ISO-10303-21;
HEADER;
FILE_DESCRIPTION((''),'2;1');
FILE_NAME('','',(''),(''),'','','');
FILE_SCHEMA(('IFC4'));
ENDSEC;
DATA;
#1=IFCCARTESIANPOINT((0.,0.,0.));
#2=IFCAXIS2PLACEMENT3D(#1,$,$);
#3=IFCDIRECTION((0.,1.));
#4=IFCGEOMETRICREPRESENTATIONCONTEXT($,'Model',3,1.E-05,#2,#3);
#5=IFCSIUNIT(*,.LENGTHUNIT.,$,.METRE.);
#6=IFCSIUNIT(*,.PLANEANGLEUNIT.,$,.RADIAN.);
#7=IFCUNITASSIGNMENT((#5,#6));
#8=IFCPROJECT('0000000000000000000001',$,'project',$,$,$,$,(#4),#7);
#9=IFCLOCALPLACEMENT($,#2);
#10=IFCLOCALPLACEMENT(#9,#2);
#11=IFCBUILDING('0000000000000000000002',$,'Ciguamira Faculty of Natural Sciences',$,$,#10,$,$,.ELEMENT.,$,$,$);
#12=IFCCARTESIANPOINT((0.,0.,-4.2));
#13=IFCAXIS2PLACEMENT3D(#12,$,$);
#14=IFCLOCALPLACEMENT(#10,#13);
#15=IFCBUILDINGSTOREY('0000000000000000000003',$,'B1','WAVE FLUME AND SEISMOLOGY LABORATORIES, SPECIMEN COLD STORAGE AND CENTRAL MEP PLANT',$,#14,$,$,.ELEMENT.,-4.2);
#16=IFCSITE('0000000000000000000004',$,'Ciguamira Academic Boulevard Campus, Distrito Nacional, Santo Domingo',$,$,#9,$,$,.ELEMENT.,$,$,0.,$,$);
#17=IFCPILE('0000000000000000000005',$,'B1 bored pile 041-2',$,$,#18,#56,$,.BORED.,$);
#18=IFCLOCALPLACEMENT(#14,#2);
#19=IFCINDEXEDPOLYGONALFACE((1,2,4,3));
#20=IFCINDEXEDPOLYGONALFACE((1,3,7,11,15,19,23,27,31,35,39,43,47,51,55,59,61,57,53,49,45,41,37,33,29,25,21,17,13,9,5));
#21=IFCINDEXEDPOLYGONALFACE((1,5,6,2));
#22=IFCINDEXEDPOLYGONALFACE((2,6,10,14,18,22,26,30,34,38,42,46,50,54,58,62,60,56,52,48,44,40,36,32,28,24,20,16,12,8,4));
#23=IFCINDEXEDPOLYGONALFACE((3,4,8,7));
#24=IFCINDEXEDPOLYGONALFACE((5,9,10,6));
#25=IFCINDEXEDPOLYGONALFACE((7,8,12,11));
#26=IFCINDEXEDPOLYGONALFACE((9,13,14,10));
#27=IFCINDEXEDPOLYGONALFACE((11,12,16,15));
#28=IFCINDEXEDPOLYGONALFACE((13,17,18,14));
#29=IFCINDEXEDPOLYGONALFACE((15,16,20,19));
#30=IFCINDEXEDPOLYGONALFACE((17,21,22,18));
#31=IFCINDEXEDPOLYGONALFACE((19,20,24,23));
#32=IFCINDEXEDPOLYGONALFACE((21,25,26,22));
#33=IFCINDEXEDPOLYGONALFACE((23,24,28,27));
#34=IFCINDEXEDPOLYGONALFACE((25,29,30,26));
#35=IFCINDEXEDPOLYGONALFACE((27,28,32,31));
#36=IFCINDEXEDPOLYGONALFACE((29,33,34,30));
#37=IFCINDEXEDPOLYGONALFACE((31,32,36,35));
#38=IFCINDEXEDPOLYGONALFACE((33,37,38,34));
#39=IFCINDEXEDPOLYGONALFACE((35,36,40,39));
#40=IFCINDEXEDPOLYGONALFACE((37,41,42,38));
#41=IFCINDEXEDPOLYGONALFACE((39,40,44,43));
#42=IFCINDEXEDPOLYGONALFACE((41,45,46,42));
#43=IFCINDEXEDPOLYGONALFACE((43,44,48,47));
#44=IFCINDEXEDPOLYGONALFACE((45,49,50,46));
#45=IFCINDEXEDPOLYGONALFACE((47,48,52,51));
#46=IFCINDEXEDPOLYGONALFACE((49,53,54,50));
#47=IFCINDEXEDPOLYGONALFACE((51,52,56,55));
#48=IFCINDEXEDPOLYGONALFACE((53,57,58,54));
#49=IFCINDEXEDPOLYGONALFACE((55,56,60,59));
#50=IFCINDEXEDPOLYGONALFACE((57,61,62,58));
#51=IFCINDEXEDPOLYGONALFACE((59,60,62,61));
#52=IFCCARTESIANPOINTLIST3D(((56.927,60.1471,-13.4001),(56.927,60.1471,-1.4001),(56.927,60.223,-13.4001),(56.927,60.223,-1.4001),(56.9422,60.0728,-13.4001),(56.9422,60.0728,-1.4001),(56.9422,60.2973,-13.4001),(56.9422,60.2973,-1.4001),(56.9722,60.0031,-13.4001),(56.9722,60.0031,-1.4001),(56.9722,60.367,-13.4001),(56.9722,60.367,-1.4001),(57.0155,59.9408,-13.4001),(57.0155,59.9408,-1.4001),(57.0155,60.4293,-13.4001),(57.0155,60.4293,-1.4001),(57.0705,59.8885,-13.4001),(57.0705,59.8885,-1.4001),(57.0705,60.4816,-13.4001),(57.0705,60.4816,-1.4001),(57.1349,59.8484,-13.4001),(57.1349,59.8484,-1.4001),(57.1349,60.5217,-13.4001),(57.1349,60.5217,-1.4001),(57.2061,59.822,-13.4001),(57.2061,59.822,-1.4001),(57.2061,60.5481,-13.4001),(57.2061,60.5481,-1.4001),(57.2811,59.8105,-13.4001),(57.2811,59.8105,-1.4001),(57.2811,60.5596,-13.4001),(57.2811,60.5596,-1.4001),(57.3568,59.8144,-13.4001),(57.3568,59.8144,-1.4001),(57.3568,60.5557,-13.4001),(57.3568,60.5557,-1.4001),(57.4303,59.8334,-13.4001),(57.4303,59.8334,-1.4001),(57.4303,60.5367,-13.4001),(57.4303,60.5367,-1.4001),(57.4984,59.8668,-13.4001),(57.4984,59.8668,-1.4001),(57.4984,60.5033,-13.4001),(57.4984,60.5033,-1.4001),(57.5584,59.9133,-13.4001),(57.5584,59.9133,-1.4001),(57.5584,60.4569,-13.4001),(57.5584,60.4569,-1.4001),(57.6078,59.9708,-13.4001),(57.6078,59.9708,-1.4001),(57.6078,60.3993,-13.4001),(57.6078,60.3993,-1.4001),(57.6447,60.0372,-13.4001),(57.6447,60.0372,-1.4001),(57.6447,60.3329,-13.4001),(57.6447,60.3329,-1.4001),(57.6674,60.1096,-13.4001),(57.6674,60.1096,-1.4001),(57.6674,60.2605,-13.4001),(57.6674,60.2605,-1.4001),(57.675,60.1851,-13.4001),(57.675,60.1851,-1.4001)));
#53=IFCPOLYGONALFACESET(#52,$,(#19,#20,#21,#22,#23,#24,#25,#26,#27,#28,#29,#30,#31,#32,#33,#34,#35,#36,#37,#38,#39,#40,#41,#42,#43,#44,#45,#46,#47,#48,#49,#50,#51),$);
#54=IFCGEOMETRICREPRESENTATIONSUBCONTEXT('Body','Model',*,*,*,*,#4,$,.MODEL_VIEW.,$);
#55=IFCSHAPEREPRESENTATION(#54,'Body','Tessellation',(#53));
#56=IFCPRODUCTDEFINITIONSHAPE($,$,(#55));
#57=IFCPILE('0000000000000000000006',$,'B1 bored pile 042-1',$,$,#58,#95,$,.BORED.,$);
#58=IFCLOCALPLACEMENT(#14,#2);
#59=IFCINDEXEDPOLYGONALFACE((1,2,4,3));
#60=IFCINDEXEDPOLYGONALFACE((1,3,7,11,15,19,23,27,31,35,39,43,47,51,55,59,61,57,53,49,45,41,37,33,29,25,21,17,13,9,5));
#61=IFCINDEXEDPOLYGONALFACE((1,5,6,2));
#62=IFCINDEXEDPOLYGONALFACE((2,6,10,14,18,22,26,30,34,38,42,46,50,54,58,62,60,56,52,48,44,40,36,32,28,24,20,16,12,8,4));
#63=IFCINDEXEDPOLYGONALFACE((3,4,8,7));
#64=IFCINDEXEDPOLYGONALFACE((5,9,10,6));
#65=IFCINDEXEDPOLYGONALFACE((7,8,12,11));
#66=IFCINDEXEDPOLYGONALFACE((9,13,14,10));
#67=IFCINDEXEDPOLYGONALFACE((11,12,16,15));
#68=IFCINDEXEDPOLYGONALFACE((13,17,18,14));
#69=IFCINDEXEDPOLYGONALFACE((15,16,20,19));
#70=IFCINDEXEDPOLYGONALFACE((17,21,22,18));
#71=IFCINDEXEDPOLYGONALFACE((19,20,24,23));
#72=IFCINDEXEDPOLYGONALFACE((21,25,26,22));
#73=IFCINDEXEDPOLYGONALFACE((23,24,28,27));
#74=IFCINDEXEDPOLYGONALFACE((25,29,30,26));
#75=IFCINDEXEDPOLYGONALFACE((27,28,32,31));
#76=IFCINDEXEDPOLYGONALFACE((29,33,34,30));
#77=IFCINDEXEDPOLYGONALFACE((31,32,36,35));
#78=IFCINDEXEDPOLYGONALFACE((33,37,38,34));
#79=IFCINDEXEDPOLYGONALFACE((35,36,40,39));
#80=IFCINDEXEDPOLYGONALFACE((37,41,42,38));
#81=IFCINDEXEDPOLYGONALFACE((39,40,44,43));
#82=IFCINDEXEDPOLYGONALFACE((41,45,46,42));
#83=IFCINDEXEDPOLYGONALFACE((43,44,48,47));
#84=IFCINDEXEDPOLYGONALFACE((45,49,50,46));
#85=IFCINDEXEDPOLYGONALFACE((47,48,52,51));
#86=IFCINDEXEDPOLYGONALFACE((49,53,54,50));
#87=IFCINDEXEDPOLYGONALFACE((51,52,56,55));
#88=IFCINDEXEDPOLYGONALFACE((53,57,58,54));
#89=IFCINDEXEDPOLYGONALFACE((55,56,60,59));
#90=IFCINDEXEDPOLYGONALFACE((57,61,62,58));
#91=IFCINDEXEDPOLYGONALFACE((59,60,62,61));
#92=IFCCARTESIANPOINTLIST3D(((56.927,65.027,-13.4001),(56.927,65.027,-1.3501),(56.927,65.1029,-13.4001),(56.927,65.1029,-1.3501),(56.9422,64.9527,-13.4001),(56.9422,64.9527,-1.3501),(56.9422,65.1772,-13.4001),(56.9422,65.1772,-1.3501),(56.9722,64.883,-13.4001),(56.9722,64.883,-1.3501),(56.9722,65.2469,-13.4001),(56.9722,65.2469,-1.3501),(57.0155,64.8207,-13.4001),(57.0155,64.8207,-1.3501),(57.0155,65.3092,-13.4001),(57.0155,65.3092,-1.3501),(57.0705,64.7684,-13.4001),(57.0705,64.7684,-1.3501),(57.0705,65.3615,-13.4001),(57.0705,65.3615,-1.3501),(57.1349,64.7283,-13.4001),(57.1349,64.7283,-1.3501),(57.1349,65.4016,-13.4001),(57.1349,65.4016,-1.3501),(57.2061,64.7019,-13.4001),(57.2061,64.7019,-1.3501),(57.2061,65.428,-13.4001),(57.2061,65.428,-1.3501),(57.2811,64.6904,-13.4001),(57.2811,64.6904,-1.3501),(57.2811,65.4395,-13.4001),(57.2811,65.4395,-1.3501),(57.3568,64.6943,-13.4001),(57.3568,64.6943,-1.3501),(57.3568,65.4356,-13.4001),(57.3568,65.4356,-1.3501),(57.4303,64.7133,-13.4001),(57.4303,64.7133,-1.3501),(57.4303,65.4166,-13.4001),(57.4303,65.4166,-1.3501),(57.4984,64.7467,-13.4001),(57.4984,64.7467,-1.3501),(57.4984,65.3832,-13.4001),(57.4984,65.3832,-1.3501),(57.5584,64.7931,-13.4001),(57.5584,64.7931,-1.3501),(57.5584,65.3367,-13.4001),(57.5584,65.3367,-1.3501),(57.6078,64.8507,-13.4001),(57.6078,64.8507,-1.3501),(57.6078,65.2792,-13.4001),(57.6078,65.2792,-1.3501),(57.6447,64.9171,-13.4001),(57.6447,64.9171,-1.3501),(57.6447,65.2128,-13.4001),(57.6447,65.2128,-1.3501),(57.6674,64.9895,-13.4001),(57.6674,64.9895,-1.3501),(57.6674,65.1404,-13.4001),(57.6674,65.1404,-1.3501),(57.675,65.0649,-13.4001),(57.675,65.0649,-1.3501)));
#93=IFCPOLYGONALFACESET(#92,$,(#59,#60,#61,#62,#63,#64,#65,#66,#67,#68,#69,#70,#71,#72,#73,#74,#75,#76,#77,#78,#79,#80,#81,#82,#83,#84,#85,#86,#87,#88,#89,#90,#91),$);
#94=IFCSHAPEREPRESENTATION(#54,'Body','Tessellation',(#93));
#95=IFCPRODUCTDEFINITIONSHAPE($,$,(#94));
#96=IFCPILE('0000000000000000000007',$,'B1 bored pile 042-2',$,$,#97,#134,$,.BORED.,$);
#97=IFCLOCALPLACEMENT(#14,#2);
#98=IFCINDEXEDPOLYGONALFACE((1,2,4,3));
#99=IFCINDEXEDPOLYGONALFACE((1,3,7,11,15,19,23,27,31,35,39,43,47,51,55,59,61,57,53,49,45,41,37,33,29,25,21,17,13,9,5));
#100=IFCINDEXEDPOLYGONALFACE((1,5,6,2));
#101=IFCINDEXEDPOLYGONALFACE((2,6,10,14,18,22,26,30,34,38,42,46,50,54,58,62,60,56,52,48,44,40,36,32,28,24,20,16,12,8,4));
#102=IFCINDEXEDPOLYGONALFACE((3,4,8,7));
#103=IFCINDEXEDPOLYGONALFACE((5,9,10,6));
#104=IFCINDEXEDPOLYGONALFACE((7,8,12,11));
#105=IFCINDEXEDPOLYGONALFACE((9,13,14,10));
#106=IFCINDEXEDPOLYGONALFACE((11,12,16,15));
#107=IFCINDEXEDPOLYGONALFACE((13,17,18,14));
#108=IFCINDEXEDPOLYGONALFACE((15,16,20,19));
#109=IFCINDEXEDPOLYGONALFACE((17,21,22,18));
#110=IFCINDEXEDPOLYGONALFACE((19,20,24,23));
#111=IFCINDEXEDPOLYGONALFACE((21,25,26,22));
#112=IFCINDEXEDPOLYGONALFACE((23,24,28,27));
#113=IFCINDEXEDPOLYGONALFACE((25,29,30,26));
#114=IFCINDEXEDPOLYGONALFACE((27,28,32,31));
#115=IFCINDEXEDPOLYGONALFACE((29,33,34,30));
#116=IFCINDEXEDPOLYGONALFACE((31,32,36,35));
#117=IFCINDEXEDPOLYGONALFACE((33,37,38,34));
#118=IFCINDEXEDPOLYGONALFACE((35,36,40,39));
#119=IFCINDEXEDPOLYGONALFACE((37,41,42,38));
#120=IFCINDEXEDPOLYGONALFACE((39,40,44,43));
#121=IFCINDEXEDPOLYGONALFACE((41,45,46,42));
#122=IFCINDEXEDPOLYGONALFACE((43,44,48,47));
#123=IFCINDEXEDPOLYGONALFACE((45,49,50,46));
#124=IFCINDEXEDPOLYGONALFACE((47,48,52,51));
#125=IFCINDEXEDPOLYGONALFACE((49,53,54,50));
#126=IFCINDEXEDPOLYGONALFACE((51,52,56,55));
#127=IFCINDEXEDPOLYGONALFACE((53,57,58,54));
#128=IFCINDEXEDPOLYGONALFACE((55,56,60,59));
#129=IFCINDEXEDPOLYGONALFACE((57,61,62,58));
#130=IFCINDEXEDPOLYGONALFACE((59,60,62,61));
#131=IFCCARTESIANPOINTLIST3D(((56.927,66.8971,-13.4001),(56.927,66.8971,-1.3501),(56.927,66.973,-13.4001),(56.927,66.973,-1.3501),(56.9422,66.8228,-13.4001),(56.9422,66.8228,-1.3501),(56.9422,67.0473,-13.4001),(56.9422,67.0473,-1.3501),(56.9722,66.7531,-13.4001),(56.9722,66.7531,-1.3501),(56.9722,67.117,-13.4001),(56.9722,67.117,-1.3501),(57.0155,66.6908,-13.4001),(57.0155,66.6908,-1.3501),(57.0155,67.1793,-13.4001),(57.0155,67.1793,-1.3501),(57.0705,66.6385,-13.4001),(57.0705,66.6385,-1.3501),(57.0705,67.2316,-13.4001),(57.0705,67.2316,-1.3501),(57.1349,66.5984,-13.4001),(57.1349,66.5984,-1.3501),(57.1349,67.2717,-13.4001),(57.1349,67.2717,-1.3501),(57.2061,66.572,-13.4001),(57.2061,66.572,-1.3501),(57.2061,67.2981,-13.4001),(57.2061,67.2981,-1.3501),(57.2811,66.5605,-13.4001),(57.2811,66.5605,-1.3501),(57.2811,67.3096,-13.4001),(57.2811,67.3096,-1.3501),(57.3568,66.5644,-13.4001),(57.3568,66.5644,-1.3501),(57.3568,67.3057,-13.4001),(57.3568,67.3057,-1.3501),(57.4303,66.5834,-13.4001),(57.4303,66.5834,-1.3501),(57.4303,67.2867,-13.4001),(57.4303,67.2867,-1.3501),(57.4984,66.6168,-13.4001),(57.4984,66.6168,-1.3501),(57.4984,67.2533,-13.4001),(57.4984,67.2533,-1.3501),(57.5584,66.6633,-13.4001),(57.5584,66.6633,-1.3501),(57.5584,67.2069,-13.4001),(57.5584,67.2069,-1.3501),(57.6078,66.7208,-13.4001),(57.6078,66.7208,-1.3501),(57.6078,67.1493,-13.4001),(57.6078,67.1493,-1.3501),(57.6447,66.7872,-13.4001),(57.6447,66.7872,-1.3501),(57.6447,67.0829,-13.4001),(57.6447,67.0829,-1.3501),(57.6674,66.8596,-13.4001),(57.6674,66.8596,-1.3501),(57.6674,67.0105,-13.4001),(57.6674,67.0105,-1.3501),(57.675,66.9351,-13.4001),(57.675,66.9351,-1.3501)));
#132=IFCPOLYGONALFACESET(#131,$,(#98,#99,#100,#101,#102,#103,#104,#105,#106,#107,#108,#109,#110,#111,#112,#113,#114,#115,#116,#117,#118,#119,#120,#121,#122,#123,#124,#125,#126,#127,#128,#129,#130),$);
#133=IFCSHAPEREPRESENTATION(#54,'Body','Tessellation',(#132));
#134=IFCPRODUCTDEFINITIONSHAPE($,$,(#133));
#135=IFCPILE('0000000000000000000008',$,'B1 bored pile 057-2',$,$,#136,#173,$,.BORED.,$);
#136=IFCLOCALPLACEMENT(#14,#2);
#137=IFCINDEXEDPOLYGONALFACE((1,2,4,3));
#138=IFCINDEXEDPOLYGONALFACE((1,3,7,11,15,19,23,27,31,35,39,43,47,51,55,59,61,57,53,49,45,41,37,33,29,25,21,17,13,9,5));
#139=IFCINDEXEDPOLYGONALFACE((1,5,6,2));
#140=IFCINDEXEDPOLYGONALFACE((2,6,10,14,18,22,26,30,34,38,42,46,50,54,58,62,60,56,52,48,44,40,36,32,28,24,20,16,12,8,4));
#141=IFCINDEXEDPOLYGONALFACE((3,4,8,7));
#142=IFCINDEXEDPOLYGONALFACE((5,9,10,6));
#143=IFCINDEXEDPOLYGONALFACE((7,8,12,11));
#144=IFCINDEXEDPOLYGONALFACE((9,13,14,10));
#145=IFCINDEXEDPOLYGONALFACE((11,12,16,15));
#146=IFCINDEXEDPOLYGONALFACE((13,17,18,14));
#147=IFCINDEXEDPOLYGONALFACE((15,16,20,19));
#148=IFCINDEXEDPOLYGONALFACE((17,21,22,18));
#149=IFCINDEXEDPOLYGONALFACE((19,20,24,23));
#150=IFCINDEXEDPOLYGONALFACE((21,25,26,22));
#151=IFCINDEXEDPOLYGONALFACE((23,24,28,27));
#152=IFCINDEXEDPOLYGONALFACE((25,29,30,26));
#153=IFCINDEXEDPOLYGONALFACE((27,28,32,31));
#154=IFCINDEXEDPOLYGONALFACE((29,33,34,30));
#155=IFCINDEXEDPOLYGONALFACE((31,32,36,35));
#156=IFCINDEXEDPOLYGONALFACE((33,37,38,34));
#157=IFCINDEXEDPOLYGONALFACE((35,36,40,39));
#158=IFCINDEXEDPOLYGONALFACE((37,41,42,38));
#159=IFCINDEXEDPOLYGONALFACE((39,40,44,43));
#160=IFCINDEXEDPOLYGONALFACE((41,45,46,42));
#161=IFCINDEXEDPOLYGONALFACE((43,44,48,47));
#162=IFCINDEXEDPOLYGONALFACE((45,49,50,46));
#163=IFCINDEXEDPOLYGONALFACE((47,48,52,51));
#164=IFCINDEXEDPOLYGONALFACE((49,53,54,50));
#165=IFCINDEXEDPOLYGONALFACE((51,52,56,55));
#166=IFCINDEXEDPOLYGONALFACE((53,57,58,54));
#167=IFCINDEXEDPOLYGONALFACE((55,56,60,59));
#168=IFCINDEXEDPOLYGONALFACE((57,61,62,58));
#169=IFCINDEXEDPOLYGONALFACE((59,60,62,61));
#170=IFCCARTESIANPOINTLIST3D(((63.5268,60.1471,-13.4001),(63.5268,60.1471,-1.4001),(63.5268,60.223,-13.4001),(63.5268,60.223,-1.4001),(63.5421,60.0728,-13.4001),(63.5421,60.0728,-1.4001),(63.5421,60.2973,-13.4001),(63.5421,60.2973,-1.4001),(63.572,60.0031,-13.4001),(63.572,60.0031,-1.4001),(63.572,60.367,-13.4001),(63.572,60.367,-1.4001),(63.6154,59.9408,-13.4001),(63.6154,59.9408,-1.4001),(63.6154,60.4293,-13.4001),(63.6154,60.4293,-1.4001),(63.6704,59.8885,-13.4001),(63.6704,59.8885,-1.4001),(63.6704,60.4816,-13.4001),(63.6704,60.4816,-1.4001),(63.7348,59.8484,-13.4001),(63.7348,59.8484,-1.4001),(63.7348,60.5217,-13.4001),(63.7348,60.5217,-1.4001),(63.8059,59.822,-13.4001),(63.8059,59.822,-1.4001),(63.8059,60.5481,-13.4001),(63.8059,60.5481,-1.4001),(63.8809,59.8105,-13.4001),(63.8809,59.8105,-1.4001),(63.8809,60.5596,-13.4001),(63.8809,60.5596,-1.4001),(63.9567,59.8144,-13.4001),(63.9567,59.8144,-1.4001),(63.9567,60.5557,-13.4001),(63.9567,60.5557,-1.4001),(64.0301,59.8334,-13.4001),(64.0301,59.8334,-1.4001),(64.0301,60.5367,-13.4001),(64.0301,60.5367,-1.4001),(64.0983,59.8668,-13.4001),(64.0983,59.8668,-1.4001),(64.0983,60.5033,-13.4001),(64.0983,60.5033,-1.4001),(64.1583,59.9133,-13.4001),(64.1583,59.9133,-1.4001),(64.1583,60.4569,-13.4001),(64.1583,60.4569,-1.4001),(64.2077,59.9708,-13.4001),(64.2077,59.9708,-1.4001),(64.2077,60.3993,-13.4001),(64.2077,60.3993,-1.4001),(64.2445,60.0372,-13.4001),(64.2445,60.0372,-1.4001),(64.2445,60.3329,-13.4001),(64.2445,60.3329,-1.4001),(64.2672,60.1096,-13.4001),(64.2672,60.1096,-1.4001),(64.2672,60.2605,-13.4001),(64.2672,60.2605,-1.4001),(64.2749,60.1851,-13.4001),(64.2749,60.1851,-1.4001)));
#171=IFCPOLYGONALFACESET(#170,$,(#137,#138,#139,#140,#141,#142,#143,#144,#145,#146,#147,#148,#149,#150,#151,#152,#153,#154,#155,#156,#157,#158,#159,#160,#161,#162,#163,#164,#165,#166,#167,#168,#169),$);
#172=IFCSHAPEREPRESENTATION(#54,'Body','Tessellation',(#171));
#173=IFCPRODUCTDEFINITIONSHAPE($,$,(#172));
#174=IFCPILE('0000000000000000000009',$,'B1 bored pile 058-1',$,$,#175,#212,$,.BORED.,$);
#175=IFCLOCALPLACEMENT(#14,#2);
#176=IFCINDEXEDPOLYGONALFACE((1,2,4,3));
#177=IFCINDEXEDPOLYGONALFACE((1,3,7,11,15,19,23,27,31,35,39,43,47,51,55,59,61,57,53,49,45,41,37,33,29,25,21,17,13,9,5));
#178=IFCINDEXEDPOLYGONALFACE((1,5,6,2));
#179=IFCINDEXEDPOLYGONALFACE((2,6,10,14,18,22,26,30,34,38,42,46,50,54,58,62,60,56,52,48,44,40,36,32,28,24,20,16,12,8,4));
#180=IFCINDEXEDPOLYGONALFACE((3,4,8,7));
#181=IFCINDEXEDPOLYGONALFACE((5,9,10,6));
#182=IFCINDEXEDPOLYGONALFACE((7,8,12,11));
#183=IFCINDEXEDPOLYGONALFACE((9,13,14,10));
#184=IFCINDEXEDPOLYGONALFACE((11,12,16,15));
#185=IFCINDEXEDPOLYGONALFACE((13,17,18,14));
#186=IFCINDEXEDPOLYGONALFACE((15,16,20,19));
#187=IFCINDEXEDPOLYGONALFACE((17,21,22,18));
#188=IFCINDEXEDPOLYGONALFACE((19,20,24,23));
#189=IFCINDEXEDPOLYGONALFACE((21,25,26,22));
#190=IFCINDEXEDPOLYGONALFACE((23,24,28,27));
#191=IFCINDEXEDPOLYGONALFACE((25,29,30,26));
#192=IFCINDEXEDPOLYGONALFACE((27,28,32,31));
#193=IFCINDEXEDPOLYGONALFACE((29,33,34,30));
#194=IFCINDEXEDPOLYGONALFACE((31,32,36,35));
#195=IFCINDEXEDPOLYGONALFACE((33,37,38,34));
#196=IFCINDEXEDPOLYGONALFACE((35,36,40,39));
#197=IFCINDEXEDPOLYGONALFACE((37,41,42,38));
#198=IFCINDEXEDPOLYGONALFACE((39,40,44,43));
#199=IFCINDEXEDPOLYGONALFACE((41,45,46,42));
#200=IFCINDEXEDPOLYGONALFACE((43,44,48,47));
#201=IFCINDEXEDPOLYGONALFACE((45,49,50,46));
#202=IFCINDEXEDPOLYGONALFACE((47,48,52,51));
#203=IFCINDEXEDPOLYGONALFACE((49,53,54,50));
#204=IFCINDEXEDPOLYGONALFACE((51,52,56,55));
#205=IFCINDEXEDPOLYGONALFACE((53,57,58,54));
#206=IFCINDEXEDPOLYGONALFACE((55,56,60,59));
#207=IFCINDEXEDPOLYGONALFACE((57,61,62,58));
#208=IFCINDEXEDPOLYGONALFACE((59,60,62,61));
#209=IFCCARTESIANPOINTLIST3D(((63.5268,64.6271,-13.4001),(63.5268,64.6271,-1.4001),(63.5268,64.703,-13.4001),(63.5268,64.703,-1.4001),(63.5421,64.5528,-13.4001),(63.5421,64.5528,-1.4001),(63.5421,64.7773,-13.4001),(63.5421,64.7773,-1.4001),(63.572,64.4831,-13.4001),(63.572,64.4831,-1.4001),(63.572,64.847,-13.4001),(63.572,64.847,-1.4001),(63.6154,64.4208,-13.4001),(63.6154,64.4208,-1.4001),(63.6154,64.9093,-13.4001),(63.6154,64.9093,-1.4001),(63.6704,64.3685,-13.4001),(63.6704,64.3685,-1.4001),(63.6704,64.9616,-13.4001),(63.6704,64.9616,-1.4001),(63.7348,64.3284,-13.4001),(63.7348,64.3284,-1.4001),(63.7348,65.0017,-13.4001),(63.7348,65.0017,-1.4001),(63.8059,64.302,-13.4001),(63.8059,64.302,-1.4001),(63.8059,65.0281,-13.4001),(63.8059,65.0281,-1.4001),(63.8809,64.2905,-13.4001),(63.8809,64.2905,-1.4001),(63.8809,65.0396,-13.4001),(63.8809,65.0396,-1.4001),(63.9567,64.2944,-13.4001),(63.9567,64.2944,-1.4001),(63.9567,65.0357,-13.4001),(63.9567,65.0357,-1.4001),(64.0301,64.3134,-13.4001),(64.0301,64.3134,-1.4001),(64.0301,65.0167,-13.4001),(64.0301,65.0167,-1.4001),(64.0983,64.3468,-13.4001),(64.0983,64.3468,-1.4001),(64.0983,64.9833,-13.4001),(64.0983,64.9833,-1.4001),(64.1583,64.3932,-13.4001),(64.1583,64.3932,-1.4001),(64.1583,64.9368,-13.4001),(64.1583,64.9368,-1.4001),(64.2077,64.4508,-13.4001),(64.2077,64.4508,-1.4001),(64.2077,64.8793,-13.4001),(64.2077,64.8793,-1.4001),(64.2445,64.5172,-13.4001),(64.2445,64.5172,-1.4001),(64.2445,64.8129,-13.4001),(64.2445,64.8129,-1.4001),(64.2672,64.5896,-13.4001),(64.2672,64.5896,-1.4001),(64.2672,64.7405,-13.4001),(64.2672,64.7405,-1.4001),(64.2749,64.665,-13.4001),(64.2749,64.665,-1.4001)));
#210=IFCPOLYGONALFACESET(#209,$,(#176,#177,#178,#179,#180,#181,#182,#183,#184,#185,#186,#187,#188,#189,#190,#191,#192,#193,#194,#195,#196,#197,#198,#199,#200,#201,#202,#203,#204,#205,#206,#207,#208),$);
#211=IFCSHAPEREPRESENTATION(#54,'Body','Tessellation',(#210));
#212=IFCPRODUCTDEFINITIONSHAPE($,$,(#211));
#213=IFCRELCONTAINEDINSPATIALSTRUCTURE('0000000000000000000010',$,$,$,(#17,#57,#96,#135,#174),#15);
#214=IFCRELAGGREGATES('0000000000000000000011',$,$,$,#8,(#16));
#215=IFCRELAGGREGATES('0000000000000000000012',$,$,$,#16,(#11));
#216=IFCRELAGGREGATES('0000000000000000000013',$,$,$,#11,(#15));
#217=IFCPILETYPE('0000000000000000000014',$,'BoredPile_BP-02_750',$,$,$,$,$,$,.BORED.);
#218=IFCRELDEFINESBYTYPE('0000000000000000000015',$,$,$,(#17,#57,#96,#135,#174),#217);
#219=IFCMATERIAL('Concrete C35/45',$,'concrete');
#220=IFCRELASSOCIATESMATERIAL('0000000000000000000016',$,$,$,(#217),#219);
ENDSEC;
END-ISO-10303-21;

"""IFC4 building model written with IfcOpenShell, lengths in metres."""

from ifc_helpers import new_model, si_unit, direction, frame, origin, origin_2d, place, context, subcontext, project, spatial, circle, extrude, material, material_profile, profile_set, type_object, element, save


model = new_model("IFC4")

# Units and contexts
model_context = context("Model", 3, precision=1e-05, world=origin(), true_north=direction((0.0, 1.0)))
body_context = subcontext(model_context, "Body", "Model", "MODEL_VIEW")
ifc_project = project(units=[si_unit("LENGTHUNIT", "METRE"), si_unit("PLANEANGLEUNIT", "RADIAN")], contexts=[model_context])

# Site, building, storey
site_placement = place(None, origin())
site = spatial("IfcSite", under=ifc_project, at=site_placement, Name="Ciguamira Academic Boulevard Campus, Distrito Nacional, Santo Domingo", CompositionType="ELEMENT", RefElevation=0.0)
building_placement = place(site_placement, origin())
building = spatial("IfcBuilding", under=site, at=building_placement, Name="Ciguamira Faculty of Natural Sciences", CompositionType="ELEMENT")
storey_placement = place(building_placement, frame((0.0, 0.0, -4.2)))
storey = spatial("IfcBuildingStorey", under=building, at=storey_placement, Name="B1", Description="WAVE FLUME AND SEISMOLOGY LABORATORIES, SPECIMEN COLD STORAGE AND CENTRAL MEP PLANT", CompositionType="ELEMENT", Elevation=-4.2)

# Piles
ifc_material_1 = material(Name="Concrete C35/45", Category="concrete")
ifc_material_profile_1 = material_profile(ifc_material_1, circle(Radius=0.375, at=origin_2d()), Name="PILE-BORED-750")
ifc_profile_set_1 = profile_set([ifc_material_profile_1], Name="Concrete C35/45")
pile_type = type_object("IfcPileType", Name="BoredPile_BP-02_750", PredefinedType="BORED", material=ifc_profile_set_1)
pile_placement = place(storey_placement, frame((57.3, 60.1851, -1.4001), z_axis=(0.0, 0.0, -1.0), x_axis=(1.0, 0.0, 0.0)))
element("IfcPile", 1, at=pile_placement, inside=storey, type_object=pile_type, Name="B1 bored pile 041-2", PredefinedType="BORED", context=body_context, shape_type="SweptSolid", body=[
    extrude(circle(Radius=0.375, at=origin_2d()), origin(), (0.0, 0.0, 1.0), 12.0),
])
for number, where, z_axis, x_axis, name in (
    (2, (57.3, 65.0649, -1.3501), (0.0, 0.0, -1.0), (1.0, 0.0, 0.0), "B1 bored pile 042-1"),
    (3, (57.3, 66.9351, -1.3501), (0.0, 0.0, -1.0), (1.0, 0.0, 0.0), "B1 bored pile 042-2"),
):
    element("IfcPile", number, at=place(storey_placement, frame(where, z_axis=z_axis, x_axis=x_axis)), inside=storey, type_object=pile_type, Name=name, PredefinedType="BORED", context=body_context, shape_type="SweptSolid", body=[
        extrude(circle(Radius=0.375, at=origin_2d()), origin(), (0.0, 0.0, 1.0), 12.05),
    ])
for number, where, z_axis, x_axis, name in (
    (4, (63.8999, 60.1851, -1.4001), (0.0, 0.0, -1.0), (1.0, 0.0, 0.0), "B1 bored pile 057-2"),
    (5, (63.8999, 64.665, -1.4001), (0.0, 0.0, -1.0), (1.0, 0.0, 0.0), "B1 bored pile 058-1"),
):
    element("IfcPile", number, at=place(storey_placement, frame(where, z_axis=z_axis, x_axis=x_axis)), inside=storey, type_object=pile_type, Name=name, PredefinedType="BORED", context=body_context, shape_type="SweptSolid", body=[
        extrude(circle(Radius=0.375, at=origin_2d()), origin(), (0.0, 0.0, 1.0), 12.0),
    ])

save(model, "model.ifc")
